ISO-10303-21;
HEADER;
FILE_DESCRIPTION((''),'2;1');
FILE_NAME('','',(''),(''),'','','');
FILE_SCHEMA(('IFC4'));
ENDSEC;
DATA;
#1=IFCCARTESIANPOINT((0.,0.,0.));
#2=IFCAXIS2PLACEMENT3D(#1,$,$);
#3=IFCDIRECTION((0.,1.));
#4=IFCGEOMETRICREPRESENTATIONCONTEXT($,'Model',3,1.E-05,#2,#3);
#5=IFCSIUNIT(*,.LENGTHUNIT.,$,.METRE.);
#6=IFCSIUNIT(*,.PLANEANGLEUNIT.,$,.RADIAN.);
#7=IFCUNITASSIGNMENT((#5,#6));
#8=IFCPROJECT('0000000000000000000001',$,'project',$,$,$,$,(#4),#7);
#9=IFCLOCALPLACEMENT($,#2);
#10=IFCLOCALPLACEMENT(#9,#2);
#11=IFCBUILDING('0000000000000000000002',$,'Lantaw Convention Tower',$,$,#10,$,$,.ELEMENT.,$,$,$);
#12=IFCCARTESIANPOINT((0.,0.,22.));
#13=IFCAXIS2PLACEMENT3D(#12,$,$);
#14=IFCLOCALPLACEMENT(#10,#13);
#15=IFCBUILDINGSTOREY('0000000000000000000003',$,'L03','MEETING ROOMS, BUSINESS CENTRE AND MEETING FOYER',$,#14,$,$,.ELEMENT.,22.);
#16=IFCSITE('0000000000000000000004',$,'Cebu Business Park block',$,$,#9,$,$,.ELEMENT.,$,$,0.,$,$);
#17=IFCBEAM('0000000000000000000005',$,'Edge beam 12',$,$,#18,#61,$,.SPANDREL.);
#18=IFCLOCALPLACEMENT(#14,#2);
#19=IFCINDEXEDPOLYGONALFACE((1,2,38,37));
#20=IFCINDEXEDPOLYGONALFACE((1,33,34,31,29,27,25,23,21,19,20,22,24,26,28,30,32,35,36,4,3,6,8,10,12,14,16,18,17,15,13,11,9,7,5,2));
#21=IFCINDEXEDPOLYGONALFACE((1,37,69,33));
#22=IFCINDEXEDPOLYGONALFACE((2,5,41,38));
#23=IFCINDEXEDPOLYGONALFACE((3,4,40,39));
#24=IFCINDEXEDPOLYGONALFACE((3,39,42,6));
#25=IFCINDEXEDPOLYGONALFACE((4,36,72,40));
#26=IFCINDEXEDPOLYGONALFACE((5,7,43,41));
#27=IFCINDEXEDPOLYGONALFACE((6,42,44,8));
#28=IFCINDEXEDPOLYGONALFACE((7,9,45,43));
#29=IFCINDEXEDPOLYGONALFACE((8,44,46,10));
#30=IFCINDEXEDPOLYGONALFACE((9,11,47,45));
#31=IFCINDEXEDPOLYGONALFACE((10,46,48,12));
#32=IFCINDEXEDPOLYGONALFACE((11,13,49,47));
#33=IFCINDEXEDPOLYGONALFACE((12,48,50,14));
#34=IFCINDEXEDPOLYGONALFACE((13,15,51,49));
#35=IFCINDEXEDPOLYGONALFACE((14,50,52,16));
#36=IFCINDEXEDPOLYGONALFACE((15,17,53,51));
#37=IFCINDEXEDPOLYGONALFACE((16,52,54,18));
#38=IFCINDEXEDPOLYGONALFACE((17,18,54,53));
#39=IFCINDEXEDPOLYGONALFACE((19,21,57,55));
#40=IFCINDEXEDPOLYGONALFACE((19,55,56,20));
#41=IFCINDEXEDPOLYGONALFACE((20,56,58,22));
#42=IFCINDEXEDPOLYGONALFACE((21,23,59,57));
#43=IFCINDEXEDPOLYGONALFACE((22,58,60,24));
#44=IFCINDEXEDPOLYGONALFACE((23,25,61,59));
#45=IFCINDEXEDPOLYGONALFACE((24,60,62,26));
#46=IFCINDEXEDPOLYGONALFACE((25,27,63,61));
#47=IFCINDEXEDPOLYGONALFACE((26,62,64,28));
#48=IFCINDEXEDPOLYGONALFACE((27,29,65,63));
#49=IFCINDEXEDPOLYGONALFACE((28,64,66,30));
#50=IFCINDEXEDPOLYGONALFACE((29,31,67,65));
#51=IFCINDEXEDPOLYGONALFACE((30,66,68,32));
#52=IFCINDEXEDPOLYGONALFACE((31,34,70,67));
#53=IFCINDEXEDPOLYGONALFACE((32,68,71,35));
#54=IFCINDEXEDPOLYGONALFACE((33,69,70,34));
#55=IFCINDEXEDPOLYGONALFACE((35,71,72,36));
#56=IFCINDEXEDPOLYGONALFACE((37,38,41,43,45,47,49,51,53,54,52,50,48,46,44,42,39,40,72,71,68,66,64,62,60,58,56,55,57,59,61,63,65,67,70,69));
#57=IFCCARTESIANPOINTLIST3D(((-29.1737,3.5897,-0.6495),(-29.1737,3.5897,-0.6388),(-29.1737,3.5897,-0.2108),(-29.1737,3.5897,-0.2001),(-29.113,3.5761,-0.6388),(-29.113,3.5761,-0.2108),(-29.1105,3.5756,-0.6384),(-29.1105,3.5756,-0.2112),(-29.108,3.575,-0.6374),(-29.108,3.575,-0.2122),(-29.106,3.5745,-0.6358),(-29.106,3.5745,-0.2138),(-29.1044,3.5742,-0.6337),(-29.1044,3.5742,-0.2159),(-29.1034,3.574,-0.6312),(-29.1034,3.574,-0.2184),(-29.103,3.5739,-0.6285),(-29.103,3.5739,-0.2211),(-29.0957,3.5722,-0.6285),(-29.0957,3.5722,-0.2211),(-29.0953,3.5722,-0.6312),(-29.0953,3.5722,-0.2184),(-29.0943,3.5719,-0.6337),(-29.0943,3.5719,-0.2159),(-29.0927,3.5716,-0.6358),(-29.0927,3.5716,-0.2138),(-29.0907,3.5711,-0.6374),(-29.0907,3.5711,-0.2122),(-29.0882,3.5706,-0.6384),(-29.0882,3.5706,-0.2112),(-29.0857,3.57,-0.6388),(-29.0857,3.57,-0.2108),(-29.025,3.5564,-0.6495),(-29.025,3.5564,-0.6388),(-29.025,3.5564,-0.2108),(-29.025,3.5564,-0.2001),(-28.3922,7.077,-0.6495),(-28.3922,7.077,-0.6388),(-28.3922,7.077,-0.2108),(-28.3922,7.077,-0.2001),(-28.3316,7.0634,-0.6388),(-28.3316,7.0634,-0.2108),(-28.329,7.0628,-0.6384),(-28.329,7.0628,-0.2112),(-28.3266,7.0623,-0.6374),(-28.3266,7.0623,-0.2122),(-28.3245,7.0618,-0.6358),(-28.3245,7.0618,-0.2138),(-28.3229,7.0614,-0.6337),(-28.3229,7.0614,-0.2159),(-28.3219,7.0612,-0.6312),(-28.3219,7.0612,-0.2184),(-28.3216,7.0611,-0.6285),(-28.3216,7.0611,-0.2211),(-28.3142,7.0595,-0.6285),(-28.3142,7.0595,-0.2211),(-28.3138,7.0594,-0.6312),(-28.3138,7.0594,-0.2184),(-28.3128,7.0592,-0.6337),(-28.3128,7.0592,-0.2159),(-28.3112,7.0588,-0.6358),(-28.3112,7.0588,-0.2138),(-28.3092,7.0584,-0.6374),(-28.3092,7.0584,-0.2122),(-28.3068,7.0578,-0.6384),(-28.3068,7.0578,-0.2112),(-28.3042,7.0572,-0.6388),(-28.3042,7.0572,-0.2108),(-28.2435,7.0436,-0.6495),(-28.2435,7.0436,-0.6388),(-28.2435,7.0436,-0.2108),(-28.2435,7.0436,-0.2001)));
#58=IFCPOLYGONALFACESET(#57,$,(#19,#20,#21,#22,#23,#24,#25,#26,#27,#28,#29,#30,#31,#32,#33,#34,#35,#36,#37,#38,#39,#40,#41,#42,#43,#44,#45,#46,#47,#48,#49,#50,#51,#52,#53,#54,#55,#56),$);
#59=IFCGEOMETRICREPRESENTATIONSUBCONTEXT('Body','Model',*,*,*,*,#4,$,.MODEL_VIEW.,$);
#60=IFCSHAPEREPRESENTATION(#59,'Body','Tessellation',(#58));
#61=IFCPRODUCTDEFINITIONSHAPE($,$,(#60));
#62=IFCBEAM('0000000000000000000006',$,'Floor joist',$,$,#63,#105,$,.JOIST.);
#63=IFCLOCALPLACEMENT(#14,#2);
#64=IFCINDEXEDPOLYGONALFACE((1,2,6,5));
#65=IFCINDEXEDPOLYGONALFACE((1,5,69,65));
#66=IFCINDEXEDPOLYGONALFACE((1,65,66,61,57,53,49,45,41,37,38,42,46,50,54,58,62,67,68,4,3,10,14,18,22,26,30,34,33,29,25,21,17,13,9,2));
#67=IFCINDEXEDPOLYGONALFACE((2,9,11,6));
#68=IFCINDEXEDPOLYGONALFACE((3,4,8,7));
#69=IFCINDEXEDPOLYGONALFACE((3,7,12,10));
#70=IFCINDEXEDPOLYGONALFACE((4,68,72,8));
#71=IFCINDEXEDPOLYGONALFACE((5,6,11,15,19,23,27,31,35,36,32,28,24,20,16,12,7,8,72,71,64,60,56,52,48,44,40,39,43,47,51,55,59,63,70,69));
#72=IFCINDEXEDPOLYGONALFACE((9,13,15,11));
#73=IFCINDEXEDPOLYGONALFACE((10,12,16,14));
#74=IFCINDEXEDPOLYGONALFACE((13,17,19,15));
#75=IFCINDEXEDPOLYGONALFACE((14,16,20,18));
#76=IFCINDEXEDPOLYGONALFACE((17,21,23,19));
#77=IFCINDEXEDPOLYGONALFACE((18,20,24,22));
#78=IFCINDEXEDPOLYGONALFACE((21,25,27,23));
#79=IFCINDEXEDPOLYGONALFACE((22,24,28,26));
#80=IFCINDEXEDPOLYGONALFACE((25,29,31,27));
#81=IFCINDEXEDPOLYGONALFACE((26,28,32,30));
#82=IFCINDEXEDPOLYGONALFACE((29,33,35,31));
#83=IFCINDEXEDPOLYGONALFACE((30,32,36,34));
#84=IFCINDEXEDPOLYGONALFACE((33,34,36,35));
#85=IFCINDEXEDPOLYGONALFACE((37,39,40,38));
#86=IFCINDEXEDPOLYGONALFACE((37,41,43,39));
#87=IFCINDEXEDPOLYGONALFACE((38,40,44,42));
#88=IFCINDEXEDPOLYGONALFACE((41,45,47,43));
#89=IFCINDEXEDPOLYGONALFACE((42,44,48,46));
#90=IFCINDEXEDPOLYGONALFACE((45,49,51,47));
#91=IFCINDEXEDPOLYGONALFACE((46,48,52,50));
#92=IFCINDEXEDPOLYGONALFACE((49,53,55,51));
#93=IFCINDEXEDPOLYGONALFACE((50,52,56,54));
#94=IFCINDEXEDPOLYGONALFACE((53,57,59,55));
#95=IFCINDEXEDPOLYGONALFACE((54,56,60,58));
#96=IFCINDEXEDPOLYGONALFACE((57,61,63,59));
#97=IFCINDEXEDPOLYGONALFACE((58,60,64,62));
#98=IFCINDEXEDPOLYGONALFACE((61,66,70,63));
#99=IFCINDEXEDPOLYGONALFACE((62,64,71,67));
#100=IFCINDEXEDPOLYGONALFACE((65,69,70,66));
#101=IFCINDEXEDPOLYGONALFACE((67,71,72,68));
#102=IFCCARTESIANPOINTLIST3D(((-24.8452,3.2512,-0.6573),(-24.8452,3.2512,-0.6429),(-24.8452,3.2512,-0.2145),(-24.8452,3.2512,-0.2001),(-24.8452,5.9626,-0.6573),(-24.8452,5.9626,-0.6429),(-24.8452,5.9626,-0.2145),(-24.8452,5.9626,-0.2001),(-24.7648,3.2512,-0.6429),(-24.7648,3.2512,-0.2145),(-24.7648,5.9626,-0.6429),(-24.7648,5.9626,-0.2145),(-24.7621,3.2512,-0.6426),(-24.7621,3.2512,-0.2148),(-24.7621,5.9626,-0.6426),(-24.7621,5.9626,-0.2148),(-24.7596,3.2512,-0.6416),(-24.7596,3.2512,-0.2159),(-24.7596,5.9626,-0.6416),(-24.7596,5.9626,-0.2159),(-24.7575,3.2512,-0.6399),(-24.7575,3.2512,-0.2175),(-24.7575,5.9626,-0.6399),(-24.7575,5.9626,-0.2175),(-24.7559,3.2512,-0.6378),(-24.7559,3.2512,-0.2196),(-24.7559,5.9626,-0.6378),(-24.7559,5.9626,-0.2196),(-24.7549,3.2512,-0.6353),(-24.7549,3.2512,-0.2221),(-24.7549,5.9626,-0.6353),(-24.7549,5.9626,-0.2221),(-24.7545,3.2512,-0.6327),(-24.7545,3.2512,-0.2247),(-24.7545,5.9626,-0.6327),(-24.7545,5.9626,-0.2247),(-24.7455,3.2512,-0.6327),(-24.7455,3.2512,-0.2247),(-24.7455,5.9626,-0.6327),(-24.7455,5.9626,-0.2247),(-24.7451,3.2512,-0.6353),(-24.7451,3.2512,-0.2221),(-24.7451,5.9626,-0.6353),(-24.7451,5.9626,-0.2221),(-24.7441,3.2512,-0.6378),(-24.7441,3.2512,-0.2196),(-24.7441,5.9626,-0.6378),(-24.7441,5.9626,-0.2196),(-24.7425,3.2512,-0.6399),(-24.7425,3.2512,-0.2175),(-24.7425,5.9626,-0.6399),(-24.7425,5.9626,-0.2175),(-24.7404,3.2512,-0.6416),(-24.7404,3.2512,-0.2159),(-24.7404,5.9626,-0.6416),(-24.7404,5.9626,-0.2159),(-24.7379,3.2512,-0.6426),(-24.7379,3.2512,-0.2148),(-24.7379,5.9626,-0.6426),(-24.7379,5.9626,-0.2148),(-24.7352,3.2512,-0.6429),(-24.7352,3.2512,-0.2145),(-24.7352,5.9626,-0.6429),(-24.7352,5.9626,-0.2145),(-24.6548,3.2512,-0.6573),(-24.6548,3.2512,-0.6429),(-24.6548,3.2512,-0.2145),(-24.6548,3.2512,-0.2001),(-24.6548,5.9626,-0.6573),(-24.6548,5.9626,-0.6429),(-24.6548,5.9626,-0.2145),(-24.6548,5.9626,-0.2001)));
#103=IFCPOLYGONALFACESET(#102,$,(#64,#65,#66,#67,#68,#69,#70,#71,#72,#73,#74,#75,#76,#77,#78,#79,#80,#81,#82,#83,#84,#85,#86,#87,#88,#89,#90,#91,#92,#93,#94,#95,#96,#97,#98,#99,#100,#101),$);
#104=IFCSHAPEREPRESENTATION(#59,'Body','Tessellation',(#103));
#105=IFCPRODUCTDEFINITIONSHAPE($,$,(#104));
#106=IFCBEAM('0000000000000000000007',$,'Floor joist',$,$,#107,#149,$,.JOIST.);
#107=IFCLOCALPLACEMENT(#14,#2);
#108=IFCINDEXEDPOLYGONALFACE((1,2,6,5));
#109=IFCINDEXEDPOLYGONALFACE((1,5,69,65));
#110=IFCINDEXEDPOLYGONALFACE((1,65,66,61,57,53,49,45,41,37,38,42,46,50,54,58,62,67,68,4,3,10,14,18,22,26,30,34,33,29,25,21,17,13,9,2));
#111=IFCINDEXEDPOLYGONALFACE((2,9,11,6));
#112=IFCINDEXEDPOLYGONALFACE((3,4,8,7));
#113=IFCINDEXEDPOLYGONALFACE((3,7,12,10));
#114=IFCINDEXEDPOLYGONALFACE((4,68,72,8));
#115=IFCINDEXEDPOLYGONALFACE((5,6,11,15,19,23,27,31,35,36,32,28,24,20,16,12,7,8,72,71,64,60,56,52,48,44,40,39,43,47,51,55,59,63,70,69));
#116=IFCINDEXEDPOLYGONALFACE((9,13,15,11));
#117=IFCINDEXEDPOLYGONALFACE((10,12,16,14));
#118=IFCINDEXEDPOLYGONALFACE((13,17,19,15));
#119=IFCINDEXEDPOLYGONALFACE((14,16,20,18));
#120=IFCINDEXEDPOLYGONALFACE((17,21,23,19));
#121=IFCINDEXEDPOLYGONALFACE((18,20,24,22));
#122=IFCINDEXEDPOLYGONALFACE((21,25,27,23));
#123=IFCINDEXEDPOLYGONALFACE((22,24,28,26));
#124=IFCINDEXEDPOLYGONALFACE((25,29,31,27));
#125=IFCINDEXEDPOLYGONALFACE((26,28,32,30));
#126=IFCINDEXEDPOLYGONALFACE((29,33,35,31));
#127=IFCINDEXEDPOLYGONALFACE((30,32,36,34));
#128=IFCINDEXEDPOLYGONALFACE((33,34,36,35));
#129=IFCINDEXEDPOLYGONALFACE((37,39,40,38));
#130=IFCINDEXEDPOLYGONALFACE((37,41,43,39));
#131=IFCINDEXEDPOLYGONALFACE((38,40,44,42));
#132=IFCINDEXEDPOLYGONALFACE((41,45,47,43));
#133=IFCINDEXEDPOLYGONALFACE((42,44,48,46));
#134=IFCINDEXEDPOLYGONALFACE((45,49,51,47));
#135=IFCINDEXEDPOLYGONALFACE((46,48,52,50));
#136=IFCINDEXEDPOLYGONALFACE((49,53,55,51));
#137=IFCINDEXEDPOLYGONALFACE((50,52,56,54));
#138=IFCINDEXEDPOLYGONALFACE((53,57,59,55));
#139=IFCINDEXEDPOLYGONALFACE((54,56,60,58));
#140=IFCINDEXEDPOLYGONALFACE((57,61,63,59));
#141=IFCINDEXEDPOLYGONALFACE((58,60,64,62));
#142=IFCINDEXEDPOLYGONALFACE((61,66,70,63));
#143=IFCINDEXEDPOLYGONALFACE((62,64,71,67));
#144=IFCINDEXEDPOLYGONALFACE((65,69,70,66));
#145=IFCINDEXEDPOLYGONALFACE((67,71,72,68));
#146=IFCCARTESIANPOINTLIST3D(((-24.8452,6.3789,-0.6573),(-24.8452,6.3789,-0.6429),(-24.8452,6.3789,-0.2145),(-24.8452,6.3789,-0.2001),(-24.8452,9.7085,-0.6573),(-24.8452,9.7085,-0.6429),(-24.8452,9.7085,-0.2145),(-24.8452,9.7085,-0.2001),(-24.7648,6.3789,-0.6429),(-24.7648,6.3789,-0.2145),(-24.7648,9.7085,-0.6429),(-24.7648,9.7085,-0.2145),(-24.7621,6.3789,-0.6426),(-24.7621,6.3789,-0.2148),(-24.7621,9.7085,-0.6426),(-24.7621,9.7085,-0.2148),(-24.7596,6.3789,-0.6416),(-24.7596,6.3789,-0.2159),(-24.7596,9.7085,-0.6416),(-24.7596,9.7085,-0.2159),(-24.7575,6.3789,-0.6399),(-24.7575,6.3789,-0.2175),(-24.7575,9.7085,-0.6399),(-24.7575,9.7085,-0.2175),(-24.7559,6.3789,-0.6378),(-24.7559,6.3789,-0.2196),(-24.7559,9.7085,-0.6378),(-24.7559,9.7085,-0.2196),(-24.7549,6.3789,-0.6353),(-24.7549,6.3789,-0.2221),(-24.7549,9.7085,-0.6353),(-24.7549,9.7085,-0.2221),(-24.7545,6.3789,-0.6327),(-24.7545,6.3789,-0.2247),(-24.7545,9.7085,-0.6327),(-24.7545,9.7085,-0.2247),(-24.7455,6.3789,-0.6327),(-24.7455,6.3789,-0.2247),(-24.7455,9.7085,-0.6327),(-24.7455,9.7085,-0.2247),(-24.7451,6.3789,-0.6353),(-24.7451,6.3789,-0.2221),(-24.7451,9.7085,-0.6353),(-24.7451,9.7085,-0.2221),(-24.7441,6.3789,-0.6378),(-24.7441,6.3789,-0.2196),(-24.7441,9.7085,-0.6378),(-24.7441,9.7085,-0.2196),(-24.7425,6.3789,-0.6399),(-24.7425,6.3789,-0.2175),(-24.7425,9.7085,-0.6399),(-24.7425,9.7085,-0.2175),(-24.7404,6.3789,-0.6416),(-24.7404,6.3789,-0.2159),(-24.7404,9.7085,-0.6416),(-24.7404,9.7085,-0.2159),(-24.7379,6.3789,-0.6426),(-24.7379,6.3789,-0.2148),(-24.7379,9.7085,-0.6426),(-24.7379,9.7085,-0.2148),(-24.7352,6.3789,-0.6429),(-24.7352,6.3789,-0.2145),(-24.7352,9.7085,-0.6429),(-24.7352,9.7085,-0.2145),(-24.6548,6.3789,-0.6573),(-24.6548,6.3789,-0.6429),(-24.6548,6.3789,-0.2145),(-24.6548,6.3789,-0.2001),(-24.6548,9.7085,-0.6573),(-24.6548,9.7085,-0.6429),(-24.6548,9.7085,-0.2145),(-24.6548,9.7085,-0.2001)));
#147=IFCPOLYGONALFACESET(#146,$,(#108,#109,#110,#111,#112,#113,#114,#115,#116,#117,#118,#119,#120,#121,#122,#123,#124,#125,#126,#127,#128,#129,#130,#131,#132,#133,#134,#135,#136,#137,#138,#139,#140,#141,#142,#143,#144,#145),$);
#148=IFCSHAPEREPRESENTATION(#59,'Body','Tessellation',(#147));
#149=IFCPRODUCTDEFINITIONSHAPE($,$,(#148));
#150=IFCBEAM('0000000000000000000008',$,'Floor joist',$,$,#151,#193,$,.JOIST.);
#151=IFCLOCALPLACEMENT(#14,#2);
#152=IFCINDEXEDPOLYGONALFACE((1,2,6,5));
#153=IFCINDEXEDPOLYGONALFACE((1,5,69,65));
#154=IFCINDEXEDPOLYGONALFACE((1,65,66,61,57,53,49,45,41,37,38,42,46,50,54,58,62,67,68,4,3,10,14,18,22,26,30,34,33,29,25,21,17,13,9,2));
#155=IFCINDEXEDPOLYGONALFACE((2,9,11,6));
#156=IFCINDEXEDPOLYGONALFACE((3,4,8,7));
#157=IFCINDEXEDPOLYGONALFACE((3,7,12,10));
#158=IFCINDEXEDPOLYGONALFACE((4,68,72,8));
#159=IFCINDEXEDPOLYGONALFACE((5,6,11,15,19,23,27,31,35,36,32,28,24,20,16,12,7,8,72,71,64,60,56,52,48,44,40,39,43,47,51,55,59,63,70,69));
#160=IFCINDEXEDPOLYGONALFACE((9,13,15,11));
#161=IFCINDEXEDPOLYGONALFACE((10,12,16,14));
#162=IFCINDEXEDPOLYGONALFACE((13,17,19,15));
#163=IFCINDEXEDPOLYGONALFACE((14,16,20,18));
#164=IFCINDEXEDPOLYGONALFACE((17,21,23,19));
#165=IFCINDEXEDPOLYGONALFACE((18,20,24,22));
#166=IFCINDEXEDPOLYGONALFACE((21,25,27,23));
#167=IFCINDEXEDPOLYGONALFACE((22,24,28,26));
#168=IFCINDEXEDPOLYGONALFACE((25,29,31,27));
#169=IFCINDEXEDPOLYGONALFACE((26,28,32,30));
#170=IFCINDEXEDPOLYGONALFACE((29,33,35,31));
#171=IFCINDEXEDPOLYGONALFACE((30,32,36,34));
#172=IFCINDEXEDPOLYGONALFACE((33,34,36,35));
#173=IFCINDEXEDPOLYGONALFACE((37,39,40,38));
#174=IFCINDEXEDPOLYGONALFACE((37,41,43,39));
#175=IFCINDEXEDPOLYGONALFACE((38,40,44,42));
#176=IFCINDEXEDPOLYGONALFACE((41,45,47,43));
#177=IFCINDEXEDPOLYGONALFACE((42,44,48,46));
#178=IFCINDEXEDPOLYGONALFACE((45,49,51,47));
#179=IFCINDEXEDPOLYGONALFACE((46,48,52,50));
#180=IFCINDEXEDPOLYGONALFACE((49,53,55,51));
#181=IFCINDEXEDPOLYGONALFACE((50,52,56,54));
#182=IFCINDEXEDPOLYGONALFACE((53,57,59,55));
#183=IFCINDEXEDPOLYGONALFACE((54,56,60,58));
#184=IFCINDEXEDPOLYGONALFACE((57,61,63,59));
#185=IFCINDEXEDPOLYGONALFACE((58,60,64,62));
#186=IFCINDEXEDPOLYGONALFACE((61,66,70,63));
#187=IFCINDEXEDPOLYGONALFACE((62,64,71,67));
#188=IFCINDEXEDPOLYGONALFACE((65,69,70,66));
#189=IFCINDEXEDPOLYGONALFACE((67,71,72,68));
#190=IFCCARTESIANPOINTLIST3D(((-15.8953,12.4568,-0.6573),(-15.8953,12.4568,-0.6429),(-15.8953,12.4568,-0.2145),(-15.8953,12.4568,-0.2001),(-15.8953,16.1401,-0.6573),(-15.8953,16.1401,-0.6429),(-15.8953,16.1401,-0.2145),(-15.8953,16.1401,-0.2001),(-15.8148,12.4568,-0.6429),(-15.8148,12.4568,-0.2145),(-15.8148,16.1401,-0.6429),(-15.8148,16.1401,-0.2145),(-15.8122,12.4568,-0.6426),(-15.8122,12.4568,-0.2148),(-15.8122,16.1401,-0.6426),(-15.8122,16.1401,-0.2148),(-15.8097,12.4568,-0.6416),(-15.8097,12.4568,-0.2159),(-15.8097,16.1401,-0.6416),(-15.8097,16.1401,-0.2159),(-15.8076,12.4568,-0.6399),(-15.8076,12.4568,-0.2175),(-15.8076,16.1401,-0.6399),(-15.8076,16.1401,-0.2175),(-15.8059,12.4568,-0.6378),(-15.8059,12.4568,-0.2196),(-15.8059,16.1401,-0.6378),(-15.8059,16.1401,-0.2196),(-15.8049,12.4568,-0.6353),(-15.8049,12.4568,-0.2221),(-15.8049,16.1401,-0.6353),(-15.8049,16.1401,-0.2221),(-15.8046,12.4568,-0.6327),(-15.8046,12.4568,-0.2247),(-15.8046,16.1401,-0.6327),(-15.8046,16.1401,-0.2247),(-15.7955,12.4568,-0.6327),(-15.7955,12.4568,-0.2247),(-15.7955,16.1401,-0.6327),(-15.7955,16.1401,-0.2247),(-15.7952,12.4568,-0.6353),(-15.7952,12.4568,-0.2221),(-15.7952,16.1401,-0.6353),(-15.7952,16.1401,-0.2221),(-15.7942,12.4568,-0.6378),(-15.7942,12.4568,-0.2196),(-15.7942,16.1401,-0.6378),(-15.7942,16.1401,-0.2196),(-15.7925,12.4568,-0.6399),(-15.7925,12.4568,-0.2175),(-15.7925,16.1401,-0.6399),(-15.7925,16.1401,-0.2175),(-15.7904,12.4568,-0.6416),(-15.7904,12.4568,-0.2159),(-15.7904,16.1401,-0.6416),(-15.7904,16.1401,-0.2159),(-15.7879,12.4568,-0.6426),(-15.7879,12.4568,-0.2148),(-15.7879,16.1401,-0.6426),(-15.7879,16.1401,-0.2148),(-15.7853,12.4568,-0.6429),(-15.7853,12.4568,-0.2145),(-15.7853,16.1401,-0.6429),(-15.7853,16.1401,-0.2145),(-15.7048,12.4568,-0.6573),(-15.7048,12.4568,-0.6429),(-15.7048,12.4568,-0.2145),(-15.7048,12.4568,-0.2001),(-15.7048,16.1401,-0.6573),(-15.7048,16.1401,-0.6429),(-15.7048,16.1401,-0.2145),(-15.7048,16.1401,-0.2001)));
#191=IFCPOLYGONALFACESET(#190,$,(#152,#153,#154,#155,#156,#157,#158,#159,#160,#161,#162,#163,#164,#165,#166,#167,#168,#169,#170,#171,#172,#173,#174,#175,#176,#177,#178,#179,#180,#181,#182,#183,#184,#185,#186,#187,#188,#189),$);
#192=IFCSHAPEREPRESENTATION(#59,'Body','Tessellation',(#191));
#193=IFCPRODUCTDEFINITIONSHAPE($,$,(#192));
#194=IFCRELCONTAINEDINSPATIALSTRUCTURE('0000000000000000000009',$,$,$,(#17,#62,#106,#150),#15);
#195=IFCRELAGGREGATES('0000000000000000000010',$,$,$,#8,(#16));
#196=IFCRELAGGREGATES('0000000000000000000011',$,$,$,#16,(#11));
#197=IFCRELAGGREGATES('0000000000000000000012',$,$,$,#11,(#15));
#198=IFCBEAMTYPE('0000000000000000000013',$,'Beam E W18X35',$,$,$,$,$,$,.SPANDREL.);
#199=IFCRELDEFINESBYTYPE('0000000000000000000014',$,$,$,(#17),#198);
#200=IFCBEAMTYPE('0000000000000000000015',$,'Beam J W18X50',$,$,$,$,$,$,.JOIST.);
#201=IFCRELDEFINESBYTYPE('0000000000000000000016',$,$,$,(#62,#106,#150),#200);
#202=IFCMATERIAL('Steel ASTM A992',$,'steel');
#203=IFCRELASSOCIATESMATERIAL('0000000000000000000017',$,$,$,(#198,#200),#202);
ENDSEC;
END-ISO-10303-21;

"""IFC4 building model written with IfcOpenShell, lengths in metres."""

from ifc_helpers import new_model, si_unit, direction, frame, origin, origin_2d, place, context, subcontext, project, spatial, i_section, extrude, material, material_profile, profile_set, type_object, element, save


model = new_model("IFC4")

# Units and contexts
model_context = context("Model", 3, precision=1e-05, world=origin(), true_north=direction((0.0, 1.0)))
body_context = subcontext(model_context, "Body", "Model", "MODEL_VIEW")
ifc_project = project(units=[si_unit("LENGTHUNIT", "METRE"), si_unit("PLANEANGLEUNIT", "RADIAN")], contexts=[model_context])

# Site, building, storey
site_placement = place(None, origin())
site = spatial("IfcSite", under=ifc_project, at=site_placement, Name="Cebu Business Park block", CompositionType="ELEMENT", RefElevation=0.0)
building_placement = place(site_placement, origin())
building = spatial("IfcBuilding", under=site, at=building_placement, Name="Lantaw Convention Tower", CompositionType="ELEMENT")
storey_placement = place(building_placement, frame((0.0, 0.0, 22.0)))
storey = spatial("IfcBuildingStorey", under=building, at=storey_placement, Name="L03", Description="MEETING ROOMS, BUSINESS CENTRE AND MEETING FOYER", CompositionType="ELEMENT", Elevation=22.0)

# Beams
ifc_material_1 = material(Name="Steel ASTM A992", Category="steel")
ifc_material_profile_1 = material_profile(ifc_material_1, i_section(OverallWidth=0.1523, OverallDepth=0.4495, WebThickness=0.0076, FlangeThickness=0.0107, FilletRadius=0.0103, at=origin_2d()), Name="W18X35")
ifc_profile_set_1 = profile_set([ifc_material_profile_1], Name="Steel ASTM A992")
beam_type_1 = type_object("IfcBeamType", Name="Beam E W18X35", PredefinedType="SPANDREL", material=ifc_profile_set_1)
beam_1_placement = place(storey_placement, frame((-28.3179, 7.0603, -0.4248), z_axis=(-0.218673, -0.975798, 0.0), x_axis=(0.975798, -0.218673, 0.0)))
element("IfcBeam", 1, at=beam_1_placement, inside=storey, type_object=beam_type_1, Name="Edge beam 12", PredefinedType="SPANDREL", context=body_context, shape_type="SweptSolid", body=[
    extrude(i_section(OverallWidth=0.1523, OverallDepth=0.4495, WebThickness=0.0076, FlangeThickness=0.0107, FilletRadius=0.0103, at=origin_2d()), origin(), (0.0, 0.0, 1.0), 3.5737),
])
ifc_material_profile_2 = material_profile(ifc_material_1, i_section(OverallWidth=0.1904, OverallDepth=0.4573, WebThickness=0.009, FlangeThickness=0.0144, FilletRadius=0.0103, at=origin_2d()), Name="W18X50")
ifc_profile_set_2 = profile_set([ifc_material_profile_2], Name="Steel ASTM A992")
beam_type_2 = type_object("IfcBeamType", Name="Beam J W18X50", PredefinedType="JOIST", material=ifc_profile_set_2)
beam_2_placement = place(storey_placement, frame((-24.75, 3.2512, -0.4287), z_axis=(0.0, 1.0, 0.0), x_axis=(-1.0, 0.0, 0.0)))
element("IfcBeam", 2, at=beam_2_placement, inside=storey, type_object=beam_type_2, Name="Floor joist", PredefinedType="JOIST", context=body_context, shape_type="SweptSolid", body=[
    extrude(i_section(OverallWidth=0.1904, OverallDepth=0.4573, WebThickness=0.009, FlangeThickness=0.0144, FilletRadius=0.0103, at=origin_2d()), origin(), (0.0, 0.0, 1.0), 2.7114),
])
beam_3_placement = place(storey_placement, frame((-24.75, 6.3789, -0.4287), z_axis=(0.0, 1.0, 0.0), x_axis=(-1.0, 0.0, 0.0)))
element("IfcBeam", 3, at=beam_3_placement, inside=storey, type_object=beam_type_2, Name="Floor joist", PredefinedType="JOIST", context=body_context, shape_type="SweptSolid", body=[
    extrude(i_section(OverallWidth=0.1904, OverallDepth=0.4573, WebThickness=0.009, FlangeThickness=0.0144, FilletRadius=0.0103, at=origin_2d()), origin(), (0.0, 0.0, 1.0), 3.3296),
])
beam_4_placement = place(storey_placement, frame((-15.8, 12.4568, -0.4287), z_axis=(0.0, 1.0, 0.0), x_axis=(-1.0, 0.0, 0.0)))
element("IfcBeam", 4, at=beam_4_placement, inside=storey, type_object=beam_type_2, Name="Floor joist", PredefinedType="JOIST", context=body_context, shape_type="SweptSolid", body=[
    extrude(i_section(OverallWidth=0.1904, OverallDepth=0.4573, WebThickness=0.009, FlangeThickness=0.0144, FilletRadius=0.0103, at=origin_2d()), origin(), (0.0, 0.0, 1.0), 3.6833),
])

save(model, "model.ifc")
